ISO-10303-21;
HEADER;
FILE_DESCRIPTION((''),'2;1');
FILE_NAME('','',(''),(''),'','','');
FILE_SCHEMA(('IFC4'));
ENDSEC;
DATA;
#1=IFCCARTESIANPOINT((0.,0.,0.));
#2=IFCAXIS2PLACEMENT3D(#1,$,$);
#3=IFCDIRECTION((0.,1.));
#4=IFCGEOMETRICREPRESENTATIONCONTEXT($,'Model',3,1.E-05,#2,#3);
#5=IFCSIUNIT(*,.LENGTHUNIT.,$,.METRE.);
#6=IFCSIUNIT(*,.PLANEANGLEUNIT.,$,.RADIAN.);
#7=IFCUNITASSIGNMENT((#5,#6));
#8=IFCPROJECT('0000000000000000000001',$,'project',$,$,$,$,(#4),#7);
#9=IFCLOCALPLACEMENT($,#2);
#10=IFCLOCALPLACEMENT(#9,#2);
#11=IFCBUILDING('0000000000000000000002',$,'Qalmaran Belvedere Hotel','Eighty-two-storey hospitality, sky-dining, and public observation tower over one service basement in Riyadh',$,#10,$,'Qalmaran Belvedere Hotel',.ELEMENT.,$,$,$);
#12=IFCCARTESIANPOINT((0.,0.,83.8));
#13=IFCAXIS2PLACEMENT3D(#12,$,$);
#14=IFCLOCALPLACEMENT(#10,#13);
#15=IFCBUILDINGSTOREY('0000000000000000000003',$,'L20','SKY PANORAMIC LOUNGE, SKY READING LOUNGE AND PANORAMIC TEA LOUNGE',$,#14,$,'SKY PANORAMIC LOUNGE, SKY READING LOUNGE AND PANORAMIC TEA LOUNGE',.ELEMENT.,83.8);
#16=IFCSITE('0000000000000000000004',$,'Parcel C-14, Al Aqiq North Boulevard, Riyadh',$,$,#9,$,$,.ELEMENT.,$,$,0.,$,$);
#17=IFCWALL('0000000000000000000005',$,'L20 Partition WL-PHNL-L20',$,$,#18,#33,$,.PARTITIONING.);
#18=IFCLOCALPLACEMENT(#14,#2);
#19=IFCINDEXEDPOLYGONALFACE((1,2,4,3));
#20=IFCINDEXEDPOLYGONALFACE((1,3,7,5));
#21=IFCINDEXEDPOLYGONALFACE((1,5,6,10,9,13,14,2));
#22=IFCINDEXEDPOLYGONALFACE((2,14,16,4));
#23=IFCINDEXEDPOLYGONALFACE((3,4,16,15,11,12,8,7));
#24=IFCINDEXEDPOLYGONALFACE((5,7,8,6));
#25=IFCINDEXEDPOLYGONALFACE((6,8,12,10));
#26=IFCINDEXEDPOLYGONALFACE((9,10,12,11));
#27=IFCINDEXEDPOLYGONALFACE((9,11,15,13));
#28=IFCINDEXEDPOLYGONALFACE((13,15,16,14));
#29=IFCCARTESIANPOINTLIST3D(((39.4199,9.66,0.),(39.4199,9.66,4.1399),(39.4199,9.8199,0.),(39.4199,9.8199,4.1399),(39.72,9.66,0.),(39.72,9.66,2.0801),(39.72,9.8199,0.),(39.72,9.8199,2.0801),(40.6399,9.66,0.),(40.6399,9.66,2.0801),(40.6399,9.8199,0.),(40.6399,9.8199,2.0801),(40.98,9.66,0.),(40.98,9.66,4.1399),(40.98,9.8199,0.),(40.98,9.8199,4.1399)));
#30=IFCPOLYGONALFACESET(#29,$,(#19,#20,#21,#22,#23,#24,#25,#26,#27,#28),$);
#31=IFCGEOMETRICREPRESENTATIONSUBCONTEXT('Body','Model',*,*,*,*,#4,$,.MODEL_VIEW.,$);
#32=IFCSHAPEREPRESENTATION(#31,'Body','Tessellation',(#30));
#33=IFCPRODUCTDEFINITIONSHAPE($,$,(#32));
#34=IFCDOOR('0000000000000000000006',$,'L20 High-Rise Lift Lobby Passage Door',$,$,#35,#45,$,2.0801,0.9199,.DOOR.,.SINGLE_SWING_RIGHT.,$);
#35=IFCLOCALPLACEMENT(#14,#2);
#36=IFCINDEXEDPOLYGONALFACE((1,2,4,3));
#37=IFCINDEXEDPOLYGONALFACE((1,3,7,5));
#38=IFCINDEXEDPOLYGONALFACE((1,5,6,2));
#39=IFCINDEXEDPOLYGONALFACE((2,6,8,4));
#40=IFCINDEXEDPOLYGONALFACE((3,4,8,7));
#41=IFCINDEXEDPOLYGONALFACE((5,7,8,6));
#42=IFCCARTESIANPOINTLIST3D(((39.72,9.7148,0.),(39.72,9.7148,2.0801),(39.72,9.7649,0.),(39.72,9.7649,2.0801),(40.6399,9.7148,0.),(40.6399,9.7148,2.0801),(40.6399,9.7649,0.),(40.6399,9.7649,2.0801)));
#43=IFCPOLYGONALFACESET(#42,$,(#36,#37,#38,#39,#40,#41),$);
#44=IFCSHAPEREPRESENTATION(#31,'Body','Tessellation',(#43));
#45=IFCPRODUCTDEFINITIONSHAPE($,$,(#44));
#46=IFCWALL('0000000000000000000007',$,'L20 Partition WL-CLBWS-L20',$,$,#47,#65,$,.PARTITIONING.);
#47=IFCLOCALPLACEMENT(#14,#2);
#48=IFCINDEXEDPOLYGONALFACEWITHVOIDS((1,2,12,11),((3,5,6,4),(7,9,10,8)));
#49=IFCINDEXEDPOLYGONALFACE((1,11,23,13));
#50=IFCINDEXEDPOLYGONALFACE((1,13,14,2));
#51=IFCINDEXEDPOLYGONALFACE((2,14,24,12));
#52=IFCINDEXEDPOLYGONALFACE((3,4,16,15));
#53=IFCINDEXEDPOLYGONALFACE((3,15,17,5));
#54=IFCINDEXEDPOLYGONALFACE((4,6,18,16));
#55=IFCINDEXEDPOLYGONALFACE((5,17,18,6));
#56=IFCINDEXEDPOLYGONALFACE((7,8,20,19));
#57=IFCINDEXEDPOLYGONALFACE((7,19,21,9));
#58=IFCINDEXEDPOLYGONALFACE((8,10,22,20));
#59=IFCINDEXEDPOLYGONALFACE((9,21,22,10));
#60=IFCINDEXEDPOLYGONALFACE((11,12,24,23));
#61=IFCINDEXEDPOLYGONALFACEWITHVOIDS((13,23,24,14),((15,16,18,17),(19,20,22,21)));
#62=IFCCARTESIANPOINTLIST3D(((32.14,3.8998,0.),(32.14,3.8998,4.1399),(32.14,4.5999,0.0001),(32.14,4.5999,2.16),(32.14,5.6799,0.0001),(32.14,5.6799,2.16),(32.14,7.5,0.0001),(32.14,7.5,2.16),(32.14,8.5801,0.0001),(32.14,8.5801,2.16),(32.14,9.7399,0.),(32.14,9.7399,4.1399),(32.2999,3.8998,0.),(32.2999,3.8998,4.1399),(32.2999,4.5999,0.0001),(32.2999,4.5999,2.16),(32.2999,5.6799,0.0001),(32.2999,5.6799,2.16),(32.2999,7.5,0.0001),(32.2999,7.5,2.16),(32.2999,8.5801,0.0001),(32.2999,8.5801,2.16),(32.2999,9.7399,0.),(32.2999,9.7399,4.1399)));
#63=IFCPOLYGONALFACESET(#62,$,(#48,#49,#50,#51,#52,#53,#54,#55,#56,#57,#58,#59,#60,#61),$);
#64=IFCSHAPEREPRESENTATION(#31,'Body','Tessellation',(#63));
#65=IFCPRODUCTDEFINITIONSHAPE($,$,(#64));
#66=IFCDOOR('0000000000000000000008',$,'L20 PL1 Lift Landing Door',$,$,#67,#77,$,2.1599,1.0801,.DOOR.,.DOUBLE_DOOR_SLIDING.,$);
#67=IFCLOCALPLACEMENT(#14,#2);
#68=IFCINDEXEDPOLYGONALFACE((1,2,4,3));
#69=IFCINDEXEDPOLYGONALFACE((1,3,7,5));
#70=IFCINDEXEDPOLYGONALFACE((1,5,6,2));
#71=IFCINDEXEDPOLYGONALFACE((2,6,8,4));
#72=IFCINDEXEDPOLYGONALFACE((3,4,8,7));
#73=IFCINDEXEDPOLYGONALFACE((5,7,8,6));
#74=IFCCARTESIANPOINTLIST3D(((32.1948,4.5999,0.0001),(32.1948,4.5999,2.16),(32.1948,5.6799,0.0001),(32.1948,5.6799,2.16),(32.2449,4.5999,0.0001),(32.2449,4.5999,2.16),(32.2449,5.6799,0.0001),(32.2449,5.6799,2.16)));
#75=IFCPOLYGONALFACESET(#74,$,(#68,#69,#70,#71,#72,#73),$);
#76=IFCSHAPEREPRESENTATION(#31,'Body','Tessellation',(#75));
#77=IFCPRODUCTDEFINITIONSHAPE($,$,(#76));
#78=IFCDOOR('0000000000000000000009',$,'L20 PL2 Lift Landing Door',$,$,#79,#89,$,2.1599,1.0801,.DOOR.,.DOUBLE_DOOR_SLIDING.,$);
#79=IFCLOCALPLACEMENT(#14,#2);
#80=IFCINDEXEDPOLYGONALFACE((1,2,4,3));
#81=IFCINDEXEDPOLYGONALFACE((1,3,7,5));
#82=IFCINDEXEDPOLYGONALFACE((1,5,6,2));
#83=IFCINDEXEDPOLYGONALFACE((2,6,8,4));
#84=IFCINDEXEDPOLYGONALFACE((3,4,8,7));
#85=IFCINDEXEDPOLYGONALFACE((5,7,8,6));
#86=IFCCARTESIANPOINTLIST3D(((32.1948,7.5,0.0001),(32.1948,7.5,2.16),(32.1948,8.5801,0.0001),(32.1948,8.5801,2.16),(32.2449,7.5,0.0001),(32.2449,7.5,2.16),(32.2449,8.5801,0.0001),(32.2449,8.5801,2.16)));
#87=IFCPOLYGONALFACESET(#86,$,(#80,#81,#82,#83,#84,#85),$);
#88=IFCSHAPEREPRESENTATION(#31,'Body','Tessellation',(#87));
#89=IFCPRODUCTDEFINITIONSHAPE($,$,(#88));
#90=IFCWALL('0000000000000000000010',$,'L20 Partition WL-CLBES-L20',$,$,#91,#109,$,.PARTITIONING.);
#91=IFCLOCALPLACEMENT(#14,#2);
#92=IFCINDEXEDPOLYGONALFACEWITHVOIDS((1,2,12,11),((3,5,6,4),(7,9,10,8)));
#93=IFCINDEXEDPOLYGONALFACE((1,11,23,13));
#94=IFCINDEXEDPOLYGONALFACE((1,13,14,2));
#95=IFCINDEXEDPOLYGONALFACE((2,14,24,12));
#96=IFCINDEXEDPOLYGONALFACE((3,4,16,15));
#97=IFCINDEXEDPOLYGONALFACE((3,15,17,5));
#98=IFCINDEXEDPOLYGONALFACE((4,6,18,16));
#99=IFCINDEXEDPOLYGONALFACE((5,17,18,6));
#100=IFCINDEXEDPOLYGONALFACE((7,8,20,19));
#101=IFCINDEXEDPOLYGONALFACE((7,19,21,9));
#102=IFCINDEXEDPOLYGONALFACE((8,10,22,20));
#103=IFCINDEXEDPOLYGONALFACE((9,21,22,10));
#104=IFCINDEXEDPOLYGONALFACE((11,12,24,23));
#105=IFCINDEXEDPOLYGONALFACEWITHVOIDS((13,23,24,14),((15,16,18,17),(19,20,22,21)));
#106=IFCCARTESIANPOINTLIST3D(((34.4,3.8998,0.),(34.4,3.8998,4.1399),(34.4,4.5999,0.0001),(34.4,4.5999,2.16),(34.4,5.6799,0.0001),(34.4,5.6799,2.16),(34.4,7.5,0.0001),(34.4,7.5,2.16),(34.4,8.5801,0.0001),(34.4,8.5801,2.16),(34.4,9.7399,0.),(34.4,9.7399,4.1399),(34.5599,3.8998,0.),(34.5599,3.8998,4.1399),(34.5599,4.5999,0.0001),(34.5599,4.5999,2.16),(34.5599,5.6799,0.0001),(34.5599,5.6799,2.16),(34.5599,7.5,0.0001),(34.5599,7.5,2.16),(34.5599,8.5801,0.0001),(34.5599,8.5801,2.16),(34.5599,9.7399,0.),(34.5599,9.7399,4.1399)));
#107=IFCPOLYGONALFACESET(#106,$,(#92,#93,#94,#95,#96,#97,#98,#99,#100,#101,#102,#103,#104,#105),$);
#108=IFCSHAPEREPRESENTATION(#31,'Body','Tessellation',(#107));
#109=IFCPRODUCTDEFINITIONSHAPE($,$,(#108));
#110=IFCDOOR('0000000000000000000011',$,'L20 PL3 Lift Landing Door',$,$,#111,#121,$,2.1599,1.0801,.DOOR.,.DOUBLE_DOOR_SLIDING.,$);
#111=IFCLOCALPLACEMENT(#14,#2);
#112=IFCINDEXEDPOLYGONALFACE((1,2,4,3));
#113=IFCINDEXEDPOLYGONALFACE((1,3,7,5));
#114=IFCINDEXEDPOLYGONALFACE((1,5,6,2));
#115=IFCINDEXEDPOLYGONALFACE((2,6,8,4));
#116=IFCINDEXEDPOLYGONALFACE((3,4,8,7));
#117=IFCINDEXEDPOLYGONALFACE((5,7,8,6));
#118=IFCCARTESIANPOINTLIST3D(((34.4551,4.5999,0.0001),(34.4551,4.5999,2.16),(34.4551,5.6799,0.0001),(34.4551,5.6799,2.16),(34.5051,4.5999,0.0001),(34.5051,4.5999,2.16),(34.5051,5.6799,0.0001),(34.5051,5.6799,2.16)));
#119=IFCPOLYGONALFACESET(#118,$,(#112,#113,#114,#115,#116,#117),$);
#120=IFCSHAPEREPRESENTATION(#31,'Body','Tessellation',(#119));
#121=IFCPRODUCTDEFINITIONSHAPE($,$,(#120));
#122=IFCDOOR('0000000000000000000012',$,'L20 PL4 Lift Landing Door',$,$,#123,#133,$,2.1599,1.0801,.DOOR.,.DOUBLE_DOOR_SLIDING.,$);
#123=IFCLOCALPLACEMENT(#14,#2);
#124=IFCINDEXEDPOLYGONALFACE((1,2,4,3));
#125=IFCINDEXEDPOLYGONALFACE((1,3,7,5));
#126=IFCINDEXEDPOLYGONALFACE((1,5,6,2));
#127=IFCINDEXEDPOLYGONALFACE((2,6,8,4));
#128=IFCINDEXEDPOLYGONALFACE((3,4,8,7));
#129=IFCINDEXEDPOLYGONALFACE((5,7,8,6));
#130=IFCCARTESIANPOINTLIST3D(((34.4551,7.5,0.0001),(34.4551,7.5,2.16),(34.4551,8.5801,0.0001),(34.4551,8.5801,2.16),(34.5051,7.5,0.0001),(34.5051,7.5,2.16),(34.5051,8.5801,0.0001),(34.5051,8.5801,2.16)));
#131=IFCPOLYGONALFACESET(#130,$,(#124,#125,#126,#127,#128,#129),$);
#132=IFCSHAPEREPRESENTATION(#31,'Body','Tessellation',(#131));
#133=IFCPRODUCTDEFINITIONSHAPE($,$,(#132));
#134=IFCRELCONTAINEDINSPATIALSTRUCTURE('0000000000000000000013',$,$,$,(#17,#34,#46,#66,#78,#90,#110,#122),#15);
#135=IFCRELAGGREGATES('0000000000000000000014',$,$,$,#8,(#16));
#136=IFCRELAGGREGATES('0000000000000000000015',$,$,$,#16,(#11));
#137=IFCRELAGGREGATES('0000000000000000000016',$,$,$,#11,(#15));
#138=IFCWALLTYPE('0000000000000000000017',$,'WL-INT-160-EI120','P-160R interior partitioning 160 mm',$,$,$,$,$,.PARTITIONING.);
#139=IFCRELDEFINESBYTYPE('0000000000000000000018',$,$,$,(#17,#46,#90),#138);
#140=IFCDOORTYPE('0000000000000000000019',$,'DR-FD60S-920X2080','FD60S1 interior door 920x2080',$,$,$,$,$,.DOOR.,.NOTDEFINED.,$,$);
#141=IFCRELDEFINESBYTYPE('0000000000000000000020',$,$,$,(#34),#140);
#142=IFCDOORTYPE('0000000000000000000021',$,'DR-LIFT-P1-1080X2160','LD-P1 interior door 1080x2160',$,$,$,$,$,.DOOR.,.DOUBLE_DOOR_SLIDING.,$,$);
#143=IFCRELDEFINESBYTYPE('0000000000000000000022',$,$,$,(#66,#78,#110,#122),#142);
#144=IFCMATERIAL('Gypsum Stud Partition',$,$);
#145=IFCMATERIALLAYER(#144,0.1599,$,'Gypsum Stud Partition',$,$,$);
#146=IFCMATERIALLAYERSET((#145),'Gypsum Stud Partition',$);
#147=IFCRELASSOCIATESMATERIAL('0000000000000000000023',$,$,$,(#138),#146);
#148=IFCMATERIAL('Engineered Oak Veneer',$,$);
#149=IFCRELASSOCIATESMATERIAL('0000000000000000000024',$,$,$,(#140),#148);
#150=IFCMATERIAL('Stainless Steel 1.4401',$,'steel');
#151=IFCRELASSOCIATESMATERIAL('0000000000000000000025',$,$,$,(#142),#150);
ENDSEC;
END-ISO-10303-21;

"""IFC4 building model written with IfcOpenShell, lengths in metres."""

from ifc_helpers import new_model, si_unit, direction, frame, frame_2d, origin, place, context, subcontext, project, spatial, rectangle, extrude, material, layer, layer_set, type_object, element, fill, save


model = new_model("IFC4")

# Units and contexts
model_context = context("Model", 3, precision=1e-05, world=origin(), true_north=direction((0.0, 1.0)))
body_context = subcontext(model_context, "Body", "Model", "MODEL_VIEW")
ifc_project = project(units=[si_unit("LENGTHUNIT", "METRE"), si_unit("PLANEANGLEUNIT", "RADIAN")], contexts=[model_context])

# Site, building, storey
site_placement = place(None, origin())
site = spatial("IfcSite", under=ifc_project, at=site_placement, Name="Parcel C-14, Al Aqiq North Boulevard, Riyadh", CompositionType="ELEMENT", RefElevation=0.0)
building_placement = place(site_placement, origin())
building = spatial("IfcBuilding", under=site, at=building_placement, Name="Qalmaran Belvedere Hotel", Description="Eighty-two-storey hospitality, sky-dining, and public observation tower over one service basement in Riyadh", LongName="Qalmaran Belvedere Hotel", CompositionType="ELEMENT")
storey_placement = place(building_placement, frame((0.0, 0.0, 83.8)))
storey = spatial("IfcBuildingStorey", under=building, at=storey_placement, Name="L20", Description="SKY PANORAMIC LOUNGE, SKY READING LOUNGE AND PANORAMIC TEA LOUNGE", LongName="SKY PANORAMIC LOUNGE, SKY READING LOUNGE AND PANORAMIC TEA LOUNGE", CompositionType="ELEMENT", Elevation=83.8)

# Shared definitions
ifc_material_1 = material(Name="Gypsum Stud Partition")
ifc_layer_1 = layer(ifc_material_1, 0.1599, Name="Gypsum Stud Partition")
ifc_layer_set_1 = layer_set([ifc_layer_1], Name="Gypsum Stud Partition")
wall_type_1 = type_object("IfcWallType", Name="WL-INT-160-EI120", Description="P-160R interior partitioning 160 mm", PredefinedType="PARTITIONING", material=ifc_layer_set_1)

# Wall, opening, door
wall_1_placement = place(storey_placement, frame((39.4199, 9.74, 0.0), z_axis=(0.0, 0.0, 1.0), x_axis=(1.0, 0.0, 0.0)))
wall_1 = element("IfcWall", 1, at=wall_1_placement, inside=storey, type_object=wall_type_1, Name="L20 Partition WL-PHNL-L20", PredefinedType="PARTITIONING", context=body_context, shape_type="SweptSolid", body=[
    extrude(rectangle(XDim=1.5601, YDim=0.1599, at=frame_2d((0.78, 0.0))), origin(), (0.0, 0.0, 1.0), 4.1399),
])
opening_1_placement = place(wall_1_placement, frame((0.3, 0.0, 0.0)))
opening_1 = element("IfcOpeningElement", 2, at=opening_1_placement, cuts=wall_1, PredefinedType="OPENING", context=body_context, shape_type="SweptSolid", body=[
    extrude(rectangle(XDim=0.9199, YDim=2.0801, at=frame_2d((0.46, 1.04))), frame((0.0, 0.0898, 0.0), z_axis=(0.0, -1.0, 0.0), x_axis=(1.0, 0.0, 0.0)), (0.0, 0.0, 1.0), 0.1799),
])
ifc_material_2 = material(Name="Engineered Oak Veneer")
door_type_1 = type_object("IfcDoorType", Name="DR-FD60S-920X2080", Description="FD60S1 interior door 920x2080", OperationType="NOTDEFINED", PredefinedType="DOOR", material=ifc_material_2)
door_1_placement = place(opening_1_placement, origin())
door_1 = element("IfcDoor", 3, at=door_1_placement, inside=storey, type_object=door_type_1, Name="L20 High-Rise Lift Lobby Passage Door", OperationType="SINGLE_SWING_RIGHT", OverallHeight=2.0801, OverallWidth=0.9199, PredefinedType="DOOR", context=body_context, shape_type="SweptSolid", body=[
    extrude(rectangle(XDim=0.9199, YDim=2.0801, at=frame_2d((0.46, 1.04))), frame((0.0, 0.0249, 0.0), z_axis=(0.0, -1.0, 0.0), x_axis=(1.0, 0.0, 0.0)), (0.0, 0.0, 1.0), 0.05),
])
fill(opening_1, door_1)

# Walls, openings, doors
wall_2_placement = place(storey_placement, frame((32.22, 3.8999, 0.0), z_axis=(0.0, 0.0, 1.0), x_axis=(0.0, 1.0, 0.0)))
wall_2 = element("IfcWall", 4, at=wall_2_placement, inside=storey, type_object=wall_type_1, Name="L20 Partition WL-CLBWS-L20", PredefinedType="PARTITIONING", context=body_context, shape_type="SweptSolid", body=[
    extrude(rectangle(XDim=5.8401, YDim=0.1599, at=frame_2d((2.9199, 0.0))), origin(), (0.0, 0.0, 1.0), 4.1399),
])
opening_2_placement = place(wall_2_placement, frame((1.78, 0.0, 0.0), z_axis=(0.0, 0.0, 1.0), x_axis=(-1.0, 0.0, 0.0)))
opening_2 = element("IfcOpeningElement", 5, at=opening_2_placement, cuts=wall_2, PredefinedType="OPENING", context=body_context, shape_type="SweptSolid", body=[
    extrude(rectangle(XDim=1.0801, YDim=2.1599, at=frame_2d((0.54, 1.0801))), frame((0.0, 0.0898, 0.0), z_axis=(0.0, -1.0, 0.0), x_axis=(1.0, 0.0, 0.0)), (0.0, 0.0, 1.0), 0.1799),
])
opening_3_placement = place(wall_2_placement, frame((4.6802, 0.0, 0.0), z_axis=(0.0, 0.0, 1.0), x_axis=(-1.0, 0.0, 0.0)))
opening_3 = element("IfcOpeningElement", 6, at=opening_3_placement, cuts=wall_2, PredefinedType="OPENING", context=body_context, shape_type="SweptSolid", body=[
    extrude(rectangle(XDim=1.0801, YDim=2.1599, at=frame_2d((0.54, 1.0801))), frame((0.0, 0.0898, 0.0), z_axis=(0.0, -1.0, 0.0), x_axis=(1.0, 0.0, 0.0)), (0.0, 0.0, 1.0), 0.1799),
])
ifc_material_3 = material(Name="Stainless Steel 1.4401", Category="steel")
door_type_2 = type_object("IfcDoorType", Name="DR-LIFT-P1-1080X2160", Description="LD-P1 interior door 1080x2160", OperationType="DOUBLE_DOOR_SLIDING", PredefinedType="DOOR", material=ifc_material_3)
door_2_placement = place(opening_2_placement, origin())
door_2 = element("IfcDoor", 7, at=door_2_placement, inside=storey, type_object=door_type_2, Name="L20 PL1 Lift Landing Door", OperationType="DOUBLE_DOOR_SLIDING", OverallHeight=2.1599, OverallWidth=1.0801, PredefinedType="DOOR", context=body_context, shape_type="SweptSolid", body=[
    extrude(rectangle(XDim=1.0801, YDim=2.1599, at=frame_2d((0.54, 1.0801))), frame((0.0, 0.0249, 0.0), z_axis=(0.0, -1.0, 0.0), x_axis=(1.0, 0.0, 0.0)), (0.0, 0.0, 1.0), 0.05),
])
fill(opening_2, door_2)
door_3_placement = place(opening_3_placement, origin())
door_3 = element("IfcDoor", 8, at=door_3_placement, inside=storey, type_object=door_type_2, Name="L20 PL2 Lift Landing Door", OperationType="DOUBLE_DOOR_SLIDING", OverallHeight=2.1599, OverallWidth=1.0801, PredefinedType="DOOR", context=body_context, shape_type="SweptSolid", body=[
    extrude(rectangle(XDim=1.0801, YDim=2.1599, at=frame_2d((0.54, 1.0801))), frame((0.0, 0.0249, 0.0), z_axis=(0.0, -1.0, 0.0), x_axis=(1.0, 0.0, 0.0)), (0.0, 0.0, 1.0), 0.05),
])
fill(opening_3, door_3)
wall_3_placement = place(storey_placement, frame((34.48, 3.8999, 0.0), z_axis=(0.0, 0.0, 1.0), x_axis=(0.0, 1.0, 0.0)))
wall_3 = element("IfcWall", 9, at=wall_3_placement, inside=storey, type_object=wall_type_1, Name="L20 Partition WL-CLBES-L20", PredefinedType="PARTITIONING", context=body_context, shape_type="SweptSolid", body=[
    extrude(rectangle(XDim=5.8401, YDim=0.1599, at=frame_2d((2.9199, 0.0))), origin(), (0.0, 0.0, 1.0), 4.1399),
])
opening_4_placement = place(wall_3_placement, frame((0.7, 0.0, 0.0)))
opening_4 = element("IfcOpeningElement", 10, at=opening_4_placement, cuts=wall_3, PredefinedType="OPENING", context=body_context, shape_type="SweptSolid", body=[
    extrude(rectangle(XDim=1.0801, YDim=2.1599, at=frame_2d((0.54, 1.0801))), frame((0.0, 0.0898, 0.0), z_axis=(0.0, -1.0, 0.0), x_axis=(1.0, 0.0, 0.0)), (0.0, 0.0, 1.0), 0.1799),
])
opening_5_placement = place(wall_3_placement, frame((3.6001, 0.0, 0.0)))
opening_5 = element("IfcOpeningElement", 11, at=opening_5_placement, cuts=wall_3, PredefinedType="OPENING", context=body_context, shape_type="SweptSolid", body=[
    extrude(rectangle(XDim=1.0801, YDim=2.1599, at=frame_2d((0.54, 1.0801))), frame((0.0, 0.0898, 0.0), z_axis=(0.0, -1.0, 0.0), x_axis=(1.0, 0.0, 0.0)), (0.0, 0.0, 1.0), 0.1799),
])
door_4_placement = place(opening_4_placement, origin())
door_4 = element("IfcDoor", 12, at=door_4_placement, inside=storey, type_object=door_type_2, Name="L20 PL3 Lift Landing Door", OperationType="DOUBLE_DOOR_SLIDING", OverallHeight=2.1599, OverallWidth=1.0801, PredefinedType="DOOR", context=body_context, shape_type="SweptSolid", body=[
    extrude(rectangle(XDim=1.0801, YDim=2.1599, at=frame_2d((0.54, 1.0801))), frame((0.0, 0.0249, 0.0), z_axis=(0.0, -1.0, 0.0), x_axis=(1.0, 0.0, 0.0)), (0.0, 0.0, 1.0), 0.05),
])
fill(opening_4, door_4)
door_5_placement = place(opening_5_placement, origin())
door_5 = element("IfcDoor", 13, at=door_5_placement, inside=storey, type_object=door_type_2, Name="L20 PL4 Lift Landing Door", OperationType="DOUBLE_DOOR_SLIDING", OverallHeight=2.1599, OverallWidth=1.0801, PredefinedType="DOOR", context=body_context, shape_type="SweptSolid", body=[
    extrude(rectangle(XDim=1.0801, YDim=2.1599, at=frame_2d((0.54, 1.0801))), frame((0.0, 0.0249, 0.0), z_axis=(0.0, -1.0, 0.0), x_axis=(1.0, 0.0, 0.0)), (0.0, 0.0, 1.0), 0.05),
])
fill(opening_5, door_5)

save(model, "model.ifc")
